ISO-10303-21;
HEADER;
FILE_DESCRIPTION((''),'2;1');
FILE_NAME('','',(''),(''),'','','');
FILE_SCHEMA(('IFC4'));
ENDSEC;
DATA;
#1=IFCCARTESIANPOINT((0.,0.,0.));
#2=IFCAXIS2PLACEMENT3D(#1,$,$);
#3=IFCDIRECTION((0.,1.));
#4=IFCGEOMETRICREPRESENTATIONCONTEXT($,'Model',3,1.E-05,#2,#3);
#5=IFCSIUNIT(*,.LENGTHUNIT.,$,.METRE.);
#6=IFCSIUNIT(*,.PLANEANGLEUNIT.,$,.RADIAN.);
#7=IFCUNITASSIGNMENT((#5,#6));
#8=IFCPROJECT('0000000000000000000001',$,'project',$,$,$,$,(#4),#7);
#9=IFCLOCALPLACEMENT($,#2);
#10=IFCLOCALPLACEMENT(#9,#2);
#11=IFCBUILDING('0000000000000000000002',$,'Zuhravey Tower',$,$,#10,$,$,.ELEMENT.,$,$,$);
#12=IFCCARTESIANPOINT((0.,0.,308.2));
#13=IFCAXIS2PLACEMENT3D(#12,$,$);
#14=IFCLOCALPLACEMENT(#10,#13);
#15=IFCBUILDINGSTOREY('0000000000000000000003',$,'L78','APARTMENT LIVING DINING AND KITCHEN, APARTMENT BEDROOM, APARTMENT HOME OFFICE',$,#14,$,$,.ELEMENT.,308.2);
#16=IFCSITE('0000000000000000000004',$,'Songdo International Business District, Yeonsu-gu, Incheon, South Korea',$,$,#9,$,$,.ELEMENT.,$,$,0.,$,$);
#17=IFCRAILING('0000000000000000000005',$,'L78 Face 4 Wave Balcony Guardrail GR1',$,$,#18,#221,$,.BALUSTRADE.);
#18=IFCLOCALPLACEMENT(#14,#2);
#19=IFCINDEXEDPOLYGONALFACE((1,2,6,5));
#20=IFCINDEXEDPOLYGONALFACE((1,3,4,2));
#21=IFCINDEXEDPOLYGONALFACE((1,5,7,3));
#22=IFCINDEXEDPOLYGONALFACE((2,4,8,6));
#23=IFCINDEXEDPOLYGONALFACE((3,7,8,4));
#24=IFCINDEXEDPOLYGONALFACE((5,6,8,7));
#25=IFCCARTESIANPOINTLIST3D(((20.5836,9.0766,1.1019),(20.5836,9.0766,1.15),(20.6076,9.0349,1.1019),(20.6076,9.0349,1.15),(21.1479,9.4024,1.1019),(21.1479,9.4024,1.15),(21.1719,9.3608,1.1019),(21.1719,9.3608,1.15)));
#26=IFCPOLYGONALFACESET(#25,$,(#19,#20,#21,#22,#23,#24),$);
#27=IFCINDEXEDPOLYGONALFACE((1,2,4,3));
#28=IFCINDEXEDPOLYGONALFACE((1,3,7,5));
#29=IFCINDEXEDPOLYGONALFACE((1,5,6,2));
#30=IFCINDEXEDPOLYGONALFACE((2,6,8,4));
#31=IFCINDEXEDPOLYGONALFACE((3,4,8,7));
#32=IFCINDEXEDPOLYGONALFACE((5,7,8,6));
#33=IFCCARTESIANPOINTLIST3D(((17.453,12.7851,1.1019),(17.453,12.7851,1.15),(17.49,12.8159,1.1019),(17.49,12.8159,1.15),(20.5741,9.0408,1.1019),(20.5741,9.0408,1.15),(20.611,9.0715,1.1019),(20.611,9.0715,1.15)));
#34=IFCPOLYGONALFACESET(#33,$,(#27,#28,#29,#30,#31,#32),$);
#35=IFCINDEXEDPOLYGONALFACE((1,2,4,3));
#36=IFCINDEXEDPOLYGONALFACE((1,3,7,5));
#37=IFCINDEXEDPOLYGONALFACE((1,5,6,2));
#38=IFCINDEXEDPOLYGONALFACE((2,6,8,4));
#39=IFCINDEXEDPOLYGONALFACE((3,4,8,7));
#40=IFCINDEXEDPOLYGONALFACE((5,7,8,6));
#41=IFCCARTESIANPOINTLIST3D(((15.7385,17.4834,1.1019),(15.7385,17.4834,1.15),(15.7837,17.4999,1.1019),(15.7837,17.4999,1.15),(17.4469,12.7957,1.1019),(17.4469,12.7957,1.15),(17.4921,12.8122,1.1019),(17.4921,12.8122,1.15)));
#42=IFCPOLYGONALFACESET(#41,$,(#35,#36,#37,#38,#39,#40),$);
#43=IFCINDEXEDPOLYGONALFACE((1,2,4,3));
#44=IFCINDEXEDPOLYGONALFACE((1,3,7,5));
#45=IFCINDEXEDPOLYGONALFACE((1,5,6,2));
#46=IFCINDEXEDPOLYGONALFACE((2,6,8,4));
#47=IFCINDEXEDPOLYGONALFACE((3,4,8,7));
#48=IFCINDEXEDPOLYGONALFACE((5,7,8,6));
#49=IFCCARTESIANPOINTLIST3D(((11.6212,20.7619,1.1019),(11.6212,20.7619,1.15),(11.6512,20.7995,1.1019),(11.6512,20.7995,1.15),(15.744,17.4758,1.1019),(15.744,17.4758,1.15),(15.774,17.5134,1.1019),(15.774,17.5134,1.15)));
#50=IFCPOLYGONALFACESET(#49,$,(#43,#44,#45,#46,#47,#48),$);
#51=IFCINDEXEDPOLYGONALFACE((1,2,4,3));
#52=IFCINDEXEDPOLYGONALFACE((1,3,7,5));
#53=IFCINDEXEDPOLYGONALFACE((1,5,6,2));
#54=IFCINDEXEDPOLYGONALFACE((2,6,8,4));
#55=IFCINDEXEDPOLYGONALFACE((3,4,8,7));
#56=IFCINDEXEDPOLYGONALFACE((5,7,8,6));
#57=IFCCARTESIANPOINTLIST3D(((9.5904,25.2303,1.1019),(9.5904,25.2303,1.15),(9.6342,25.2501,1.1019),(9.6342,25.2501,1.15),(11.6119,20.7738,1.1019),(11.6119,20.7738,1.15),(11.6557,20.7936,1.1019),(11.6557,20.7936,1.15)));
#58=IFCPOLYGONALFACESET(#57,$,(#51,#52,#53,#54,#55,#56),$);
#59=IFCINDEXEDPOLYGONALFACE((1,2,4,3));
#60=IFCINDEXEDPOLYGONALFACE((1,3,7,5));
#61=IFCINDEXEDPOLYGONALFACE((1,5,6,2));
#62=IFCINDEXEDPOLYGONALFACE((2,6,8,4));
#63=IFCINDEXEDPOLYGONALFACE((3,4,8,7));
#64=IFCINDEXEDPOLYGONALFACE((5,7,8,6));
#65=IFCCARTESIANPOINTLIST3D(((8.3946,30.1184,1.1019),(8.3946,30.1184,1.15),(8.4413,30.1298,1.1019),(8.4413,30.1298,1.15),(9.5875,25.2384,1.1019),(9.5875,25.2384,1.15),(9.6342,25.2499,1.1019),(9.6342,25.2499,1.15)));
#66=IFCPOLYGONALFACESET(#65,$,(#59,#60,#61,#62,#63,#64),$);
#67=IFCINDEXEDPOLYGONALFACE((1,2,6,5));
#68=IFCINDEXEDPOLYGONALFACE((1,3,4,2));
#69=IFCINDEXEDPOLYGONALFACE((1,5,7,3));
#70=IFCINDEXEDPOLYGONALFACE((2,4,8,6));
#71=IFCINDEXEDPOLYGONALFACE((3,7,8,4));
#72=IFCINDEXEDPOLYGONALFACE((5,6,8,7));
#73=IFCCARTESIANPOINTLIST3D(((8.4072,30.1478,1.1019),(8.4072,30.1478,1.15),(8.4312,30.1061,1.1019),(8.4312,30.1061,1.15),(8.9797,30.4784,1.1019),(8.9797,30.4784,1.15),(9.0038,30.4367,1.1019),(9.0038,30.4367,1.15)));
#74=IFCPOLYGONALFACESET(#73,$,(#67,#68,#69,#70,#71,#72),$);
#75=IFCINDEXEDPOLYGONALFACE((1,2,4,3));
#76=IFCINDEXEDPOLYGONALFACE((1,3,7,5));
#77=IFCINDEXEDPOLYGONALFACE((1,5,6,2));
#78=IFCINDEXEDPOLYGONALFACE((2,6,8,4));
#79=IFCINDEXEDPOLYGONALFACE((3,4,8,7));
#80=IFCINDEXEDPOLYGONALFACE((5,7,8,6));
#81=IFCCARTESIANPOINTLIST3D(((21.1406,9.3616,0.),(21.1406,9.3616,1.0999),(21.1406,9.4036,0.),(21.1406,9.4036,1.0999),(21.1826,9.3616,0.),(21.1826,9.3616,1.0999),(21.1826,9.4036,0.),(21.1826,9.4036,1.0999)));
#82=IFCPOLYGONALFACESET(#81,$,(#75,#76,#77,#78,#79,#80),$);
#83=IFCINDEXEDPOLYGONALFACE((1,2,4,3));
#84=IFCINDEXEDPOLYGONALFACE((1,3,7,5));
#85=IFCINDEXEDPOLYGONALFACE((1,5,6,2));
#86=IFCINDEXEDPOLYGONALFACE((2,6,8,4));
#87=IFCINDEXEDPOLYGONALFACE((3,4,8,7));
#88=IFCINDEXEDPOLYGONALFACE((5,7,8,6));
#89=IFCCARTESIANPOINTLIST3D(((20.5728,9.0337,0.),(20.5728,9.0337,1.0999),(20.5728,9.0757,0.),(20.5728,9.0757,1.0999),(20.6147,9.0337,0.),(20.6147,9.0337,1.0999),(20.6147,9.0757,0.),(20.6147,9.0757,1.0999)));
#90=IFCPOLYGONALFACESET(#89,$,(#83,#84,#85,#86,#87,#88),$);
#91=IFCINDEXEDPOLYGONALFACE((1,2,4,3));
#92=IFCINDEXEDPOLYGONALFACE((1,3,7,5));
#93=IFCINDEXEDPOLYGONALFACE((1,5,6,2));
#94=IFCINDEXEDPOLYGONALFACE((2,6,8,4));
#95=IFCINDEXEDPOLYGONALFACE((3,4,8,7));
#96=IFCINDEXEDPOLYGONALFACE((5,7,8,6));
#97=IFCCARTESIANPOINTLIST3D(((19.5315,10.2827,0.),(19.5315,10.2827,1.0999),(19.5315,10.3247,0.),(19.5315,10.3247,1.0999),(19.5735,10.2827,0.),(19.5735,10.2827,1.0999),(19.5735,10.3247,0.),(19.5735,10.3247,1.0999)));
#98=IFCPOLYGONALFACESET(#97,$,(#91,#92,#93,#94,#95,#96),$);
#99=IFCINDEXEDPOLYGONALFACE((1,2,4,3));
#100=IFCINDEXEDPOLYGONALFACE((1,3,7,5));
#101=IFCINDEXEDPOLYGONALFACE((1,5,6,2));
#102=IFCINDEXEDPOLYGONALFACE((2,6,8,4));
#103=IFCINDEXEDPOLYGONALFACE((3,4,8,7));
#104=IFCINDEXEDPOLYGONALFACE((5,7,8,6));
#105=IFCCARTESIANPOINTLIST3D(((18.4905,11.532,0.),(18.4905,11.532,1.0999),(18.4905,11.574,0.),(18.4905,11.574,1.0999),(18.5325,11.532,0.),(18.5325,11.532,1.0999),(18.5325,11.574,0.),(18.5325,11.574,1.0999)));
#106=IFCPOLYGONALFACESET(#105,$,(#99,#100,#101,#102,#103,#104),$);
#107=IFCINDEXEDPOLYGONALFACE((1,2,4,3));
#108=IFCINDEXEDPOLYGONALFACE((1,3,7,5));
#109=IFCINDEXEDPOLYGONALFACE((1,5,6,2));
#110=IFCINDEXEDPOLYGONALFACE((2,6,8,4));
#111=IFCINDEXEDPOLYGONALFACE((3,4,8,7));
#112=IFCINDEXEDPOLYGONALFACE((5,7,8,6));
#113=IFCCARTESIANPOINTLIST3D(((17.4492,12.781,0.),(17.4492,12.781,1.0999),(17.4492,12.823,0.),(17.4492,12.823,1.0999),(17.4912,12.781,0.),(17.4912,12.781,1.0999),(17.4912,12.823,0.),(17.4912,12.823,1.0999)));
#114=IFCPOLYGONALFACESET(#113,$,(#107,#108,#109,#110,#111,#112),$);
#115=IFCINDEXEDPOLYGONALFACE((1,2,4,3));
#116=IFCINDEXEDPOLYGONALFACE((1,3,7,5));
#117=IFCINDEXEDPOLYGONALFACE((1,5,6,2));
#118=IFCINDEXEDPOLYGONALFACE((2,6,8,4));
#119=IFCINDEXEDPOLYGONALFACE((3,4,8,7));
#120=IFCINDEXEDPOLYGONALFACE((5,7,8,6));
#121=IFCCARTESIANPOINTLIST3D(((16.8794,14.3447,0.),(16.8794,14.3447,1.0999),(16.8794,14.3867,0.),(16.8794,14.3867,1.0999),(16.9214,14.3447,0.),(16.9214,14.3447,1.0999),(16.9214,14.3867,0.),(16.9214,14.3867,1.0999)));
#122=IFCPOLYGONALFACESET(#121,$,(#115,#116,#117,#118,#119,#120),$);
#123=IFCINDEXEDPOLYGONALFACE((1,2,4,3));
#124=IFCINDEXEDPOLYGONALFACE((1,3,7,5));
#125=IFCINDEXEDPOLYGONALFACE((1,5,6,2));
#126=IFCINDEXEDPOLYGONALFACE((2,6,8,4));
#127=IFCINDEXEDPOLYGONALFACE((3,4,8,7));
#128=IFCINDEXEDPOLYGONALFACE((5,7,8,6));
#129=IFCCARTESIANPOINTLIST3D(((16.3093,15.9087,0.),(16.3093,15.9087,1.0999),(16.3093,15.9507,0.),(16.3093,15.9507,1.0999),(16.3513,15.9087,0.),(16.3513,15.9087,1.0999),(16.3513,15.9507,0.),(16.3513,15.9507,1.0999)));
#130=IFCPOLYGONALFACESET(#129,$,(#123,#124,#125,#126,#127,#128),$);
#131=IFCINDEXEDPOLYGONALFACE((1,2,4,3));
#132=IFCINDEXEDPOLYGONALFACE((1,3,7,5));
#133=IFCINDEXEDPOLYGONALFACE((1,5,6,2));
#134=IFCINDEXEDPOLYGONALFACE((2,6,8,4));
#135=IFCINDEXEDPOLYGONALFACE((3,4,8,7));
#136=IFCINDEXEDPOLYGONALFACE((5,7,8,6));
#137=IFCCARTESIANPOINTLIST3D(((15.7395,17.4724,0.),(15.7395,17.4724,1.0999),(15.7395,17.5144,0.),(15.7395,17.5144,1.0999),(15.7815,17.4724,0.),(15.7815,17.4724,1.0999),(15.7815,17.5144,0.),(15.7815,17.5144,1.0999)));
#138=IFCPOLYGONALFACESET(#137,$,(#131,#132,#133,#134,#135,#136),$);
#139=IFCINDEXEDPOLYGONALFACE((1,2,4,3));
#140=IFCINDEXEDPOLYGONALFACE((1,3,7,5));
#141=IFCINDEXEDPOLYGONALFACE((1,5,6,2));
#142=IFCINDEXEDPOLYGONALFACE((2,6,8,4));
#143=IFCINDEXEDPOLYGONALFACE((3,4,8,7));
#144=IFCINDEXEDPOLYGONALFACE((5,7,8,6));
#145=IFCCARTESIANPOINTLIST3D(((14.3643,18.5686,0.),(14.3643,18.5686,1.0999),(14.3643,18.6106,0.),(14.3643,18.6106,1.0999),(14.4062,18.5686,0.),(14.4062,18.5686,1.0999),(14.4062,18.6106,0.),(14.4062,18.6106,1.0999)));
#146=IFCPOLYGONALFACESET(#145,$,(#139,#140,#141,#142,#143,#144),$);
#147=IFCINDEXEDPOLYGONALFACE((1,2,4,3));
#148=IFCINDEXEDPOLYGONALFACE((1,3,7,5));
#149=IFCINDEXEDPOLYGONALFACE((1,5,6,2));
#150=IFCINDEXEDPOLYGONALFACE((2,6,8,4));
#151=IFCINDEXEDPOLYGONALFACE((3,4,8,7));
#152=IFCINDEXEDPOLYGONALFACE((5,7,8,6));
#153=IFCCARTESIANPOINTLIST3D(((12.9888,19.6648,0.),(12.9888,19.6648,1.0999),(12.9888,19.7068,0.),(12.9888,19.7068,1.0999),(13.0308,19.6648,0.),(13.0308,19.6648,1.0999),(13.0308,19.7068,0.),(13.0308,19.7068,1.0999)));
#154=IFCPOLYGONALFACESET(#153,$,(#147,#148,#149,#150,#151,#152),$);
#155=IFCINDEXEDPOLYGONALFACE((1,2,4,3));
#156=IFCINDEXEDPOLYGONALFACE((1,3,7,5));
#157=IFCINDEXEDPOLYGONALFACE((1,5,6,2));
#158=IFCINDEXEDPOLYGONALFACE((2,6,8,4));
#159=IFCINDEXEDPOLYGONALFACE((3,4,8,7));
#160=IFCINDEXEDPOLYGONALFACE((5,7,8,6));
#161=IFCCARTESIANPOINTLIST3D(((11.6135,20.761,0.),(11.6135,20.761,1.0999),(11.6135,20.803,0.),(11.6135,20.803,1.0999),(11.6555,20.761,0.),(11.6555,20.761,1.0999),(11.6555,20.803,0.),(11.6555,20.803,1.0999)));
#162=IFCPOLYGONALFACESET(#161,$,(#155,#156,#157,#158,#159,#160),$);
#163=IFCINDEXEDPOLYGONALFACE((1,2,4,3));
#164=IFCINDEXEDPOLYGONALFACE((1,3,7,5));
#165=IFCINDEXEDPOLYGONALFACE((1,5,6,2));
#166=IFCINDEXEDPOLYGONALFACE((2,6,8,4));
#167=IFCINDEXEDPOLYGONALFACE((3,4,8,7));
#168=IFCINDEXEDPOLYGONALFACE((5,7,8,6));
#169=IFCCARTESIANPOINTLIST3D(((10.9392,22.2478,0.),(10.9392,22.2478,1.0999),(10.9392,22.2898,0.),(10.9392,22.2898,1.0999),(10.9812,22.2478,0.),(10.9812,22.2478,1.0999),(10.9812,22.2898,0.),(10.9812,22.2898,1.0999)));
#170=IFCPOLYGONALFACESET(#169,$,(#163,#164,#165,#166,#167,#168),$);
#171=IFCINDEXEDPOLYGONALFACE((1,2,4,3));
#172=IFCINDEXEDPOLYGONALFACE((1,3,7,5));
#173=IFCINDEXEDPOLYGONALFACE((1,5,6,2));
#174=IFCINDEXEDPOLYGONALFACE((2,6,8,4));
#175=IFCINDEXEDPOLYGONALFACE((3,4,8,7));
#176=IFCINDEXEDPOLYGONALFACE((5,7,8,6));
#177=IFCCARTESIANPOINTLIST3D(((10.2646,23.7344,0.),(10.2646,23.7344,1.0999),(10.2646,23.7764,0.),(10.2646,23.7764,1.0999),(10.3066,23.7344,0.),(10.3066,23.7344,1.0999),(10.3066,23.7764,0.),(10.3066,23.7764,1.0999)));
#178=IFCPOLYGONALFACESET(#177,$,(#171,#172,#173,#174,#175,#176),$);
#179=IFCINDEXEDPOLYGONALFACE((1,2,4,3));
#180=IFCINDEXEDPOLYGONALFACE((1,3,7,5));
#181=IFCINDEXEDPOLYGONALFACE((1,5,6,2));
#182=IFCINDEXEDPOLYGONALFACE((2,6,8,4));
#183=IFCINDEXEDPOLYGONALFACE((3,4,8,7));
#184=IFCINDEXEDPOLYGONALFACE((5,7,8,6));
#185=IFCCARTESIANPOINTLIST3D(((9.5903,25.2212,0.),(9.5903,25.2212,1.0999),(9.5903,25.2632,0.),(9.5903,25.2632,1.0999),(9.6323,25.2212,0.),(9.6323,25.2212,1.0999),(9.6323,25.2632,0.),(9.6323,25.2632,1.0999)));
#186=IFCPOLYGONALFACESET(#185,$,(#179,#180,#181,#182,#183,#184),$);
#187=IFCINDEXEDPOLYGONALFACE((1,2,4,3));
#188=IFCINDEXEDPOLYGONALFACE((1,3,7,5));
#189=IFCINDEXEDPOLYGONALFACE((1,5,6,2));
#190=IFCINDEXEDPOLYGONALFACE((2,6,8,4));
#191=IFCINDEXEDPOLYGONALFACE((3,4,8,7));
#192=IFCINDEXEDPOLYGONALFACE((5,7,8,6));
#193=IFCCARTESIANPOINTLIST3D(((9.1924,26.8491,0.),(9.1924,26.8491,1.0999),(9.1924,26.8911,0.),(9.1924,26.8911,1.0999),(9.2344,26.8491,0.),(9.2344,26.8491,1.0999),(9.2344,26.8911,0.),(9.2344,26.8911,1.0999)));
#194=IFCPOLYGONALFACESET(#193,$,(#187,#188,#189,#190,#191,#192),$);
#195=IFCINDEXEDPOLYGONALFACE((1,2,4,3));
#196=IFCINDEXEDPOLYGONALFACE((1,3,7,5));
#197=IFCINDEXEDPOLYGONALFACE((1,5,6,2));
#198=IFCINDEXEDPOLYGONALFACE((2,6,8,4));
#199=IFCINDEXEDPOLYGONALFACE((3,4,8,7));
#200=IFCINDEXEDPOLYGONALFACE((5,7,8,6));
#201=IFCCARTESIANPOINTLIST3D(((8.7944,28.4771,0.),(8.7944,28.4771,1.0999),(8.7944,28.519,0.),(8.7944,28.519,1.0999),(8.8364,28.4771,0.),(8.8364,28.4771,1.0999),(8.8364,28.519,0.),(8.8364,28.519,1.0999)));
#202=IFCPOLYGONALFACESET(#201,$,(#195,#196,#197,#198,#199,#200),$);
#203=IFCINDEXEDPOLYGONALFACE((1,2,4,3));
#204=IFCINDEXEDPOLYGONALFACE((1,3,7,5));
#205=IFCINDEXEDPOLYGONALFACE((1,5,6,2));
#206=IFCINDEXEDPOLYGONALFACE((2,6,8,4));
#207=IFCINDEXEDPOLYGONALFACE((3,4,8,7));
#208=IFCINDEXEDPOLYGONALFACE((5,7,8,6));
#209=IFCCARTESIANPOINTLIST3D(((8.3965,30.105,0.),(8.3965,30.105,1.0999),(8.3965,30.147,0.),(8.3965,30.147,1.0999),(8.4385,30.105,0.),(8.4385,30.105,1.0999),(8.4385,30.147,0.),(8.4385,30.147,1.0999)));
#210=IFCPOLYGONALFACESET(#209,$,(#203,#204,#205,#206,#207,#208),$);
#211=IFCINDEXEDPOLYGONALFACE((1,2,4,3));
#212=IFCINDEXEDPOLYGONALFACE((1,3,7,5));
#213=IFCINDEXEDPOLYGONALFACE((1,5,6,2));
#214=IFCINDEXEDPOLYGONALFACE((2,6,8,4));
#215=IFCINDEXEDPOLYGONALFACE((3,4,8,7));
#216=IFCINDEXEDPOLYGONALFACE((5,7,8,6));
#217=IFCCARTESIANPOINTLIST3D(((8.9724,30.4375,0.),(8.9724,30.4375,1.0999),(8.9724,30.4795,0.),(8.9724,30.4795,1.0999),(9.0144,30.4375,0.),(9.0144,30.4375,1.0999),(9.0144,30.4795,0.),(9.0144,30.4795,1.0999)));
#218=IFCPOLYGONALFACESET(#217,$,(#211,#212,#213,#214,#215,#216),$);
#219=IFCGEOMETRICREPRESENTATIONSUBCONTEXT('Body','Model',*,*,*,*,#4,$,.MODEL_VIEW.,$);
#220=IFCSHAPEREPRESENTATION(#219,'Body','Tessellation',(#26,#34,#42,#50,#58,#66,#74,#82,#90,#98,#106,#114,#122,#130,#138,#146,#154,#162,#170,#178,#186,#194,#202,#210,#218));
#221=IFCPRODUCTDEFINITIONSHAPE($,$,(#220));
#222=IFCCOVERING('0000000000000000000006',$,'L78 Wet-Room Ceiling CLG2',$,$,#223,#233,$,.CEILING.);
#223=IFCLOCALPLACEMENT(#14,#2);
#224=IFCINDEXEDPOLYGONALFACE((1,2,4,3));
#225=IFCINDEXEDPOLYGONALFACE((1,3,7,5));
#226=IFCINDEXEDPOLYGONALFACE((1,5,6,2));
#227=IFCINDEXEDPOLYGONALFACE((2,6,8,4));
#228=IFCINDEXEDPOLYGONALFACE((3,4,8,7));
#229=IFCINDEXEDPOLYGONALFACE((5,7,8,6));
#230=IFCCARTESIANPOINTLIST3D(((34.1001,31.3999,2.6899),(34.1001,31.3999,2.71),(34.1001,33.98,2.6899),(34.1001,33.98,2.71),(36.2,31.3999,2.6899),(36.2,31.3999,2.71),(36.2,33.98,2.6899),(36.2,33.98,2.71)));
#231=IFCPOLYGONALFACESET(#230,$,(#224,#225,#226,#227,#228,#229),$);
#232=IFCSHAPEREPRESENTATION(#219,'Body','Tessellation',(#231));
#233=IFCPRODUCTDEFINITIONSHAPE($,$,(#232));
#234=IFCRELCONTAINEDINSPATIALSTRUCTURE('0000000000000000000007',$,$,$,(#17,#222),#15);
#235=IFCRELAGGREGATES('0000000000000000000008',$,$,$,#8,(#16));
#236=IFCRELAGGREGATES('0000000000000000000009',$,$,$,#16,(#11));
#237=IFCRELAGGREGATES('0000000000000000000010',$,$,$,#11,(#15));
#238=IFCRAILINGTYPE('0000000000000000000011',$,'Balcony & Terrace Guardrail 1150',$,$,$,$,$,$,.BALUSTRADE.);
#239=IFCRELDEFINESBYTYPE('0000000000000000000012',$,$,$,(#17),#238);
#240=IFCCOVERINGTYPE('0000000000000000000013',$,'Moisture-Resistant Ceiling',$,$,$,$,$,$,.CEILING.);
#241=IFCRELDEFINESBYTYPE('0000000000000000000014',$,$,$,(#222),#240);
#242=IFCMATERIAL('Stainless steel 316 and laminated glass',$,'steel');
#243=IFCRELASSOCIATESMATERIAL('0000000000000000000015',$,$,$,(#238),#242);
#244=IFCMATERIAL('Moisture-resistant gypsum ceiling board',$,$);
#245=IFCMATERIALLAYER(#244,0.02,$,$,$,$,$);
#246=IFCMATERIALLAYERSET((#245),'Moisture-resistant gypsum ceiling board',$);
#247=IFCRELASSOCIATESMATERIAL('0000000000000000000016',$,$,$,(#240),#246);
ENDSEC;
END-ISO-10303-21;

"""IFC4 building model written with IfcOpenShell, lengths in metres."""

from ifc_helpers import new_model, si_unit, direction, frame, origin, origin_2d, place, context, subcontext, project, spatial, polyline, rectangle, outline, extrude, material, layer, layer_set, type_object, element, save


model = new_model("IFC4")

# Units and contexts
model_context = context("Model", 3, precision=1e-05, world=origin(), true_north=direction((0.0, 1.0)))
body_context = subcontext(model_context, "Body", "Model", "MODEL_VIEW")
ifc_project = project(units=[si_unit("LENGTHUNIT", "METRE"), si_unit("PLANEANGLEUNIT", "RADIAN")], contexts=[model_context])

# Site, building, storey
site_placement = place(None, origin())
site = spatial("IfcSite", under=ifc_project, at=site_placement, Name="Songdo International Business District, Yeonsu-gu, Incheon, South Korea", CompositionType="ELEMENT", RefElevation=0.0)
building_placement = place(site_placement, origin())
building = spatial("IfcBuilding", under=site, at=building_placement, Name="Zuhravey Tower", CompositionType="ELEMENT")
storey_placement = place(building_placement, frame((0.0, 0.0, 308.2)))
storey = spatial("IfcBuildingStorey", under=building, at=storey_placement, Name="L78", Description="APARTMENT LIVING DINING AND KITCHEN, APARTMENT BEDROOM, APARTMENT HOME OFFICE", CompositionType="ELEMENT", Elevation=308.2)

# Railing
ifc_material_1 = material(Name="Stainless steel 316 and laminated glass", Category="steel")
railing_type = type_object("IfcRailingType", Name="Balcony & Terrace Guardrail 1150", PredefinedType="BALUSTRADE", material=ifc_material_1)
railing_placement = place(storey_placement, frame((21.1616, 9.3826, 0.0)))
element("IfcRailing", 1, at=railing_placement, inside=storey, type_object=railing_type, Name="L78 Face 4 Wave Balcony Guardrail GR1", PredefinedType="BALUSTRADE", context=body_context, shape_type="SweptSolid", body=[
    extrude(rectangle(XDim=0.0481, YDim=0.0481, at=origin_2d()), frame((-0.0017, -0.001, 1.126), z_axis=(-0.866012, -0.500023, 0.0), x_axis=(0.500023, -0.866012, 0.0)), (0.0, 0.0, 1.0), 0.6516),
    extrude(rectangle(XDim=0.0481, YDim=0.0481, at=origin_2d()), frame((-0.5691, -0.3264, 1.126), z_axis=(-0.640278, 0.768143, 0.0), x_axis=(-0.768143, -0.640278, 0.0)), (0.0, 0.0, 1.0), 4.8745),
    extrude(rectangle(XDim=0.0481, YDim=0.0481, at=origin_2d()), frame((-3.6921, 3.4214, 1.126), z_axis=(-0.342406, 0.939552, 0.0), x_axis=(-0.939552, -0.342406, 0.0)), (0.0, 0.0, 1.0), 4.9893),
    extrude(rectangle(XDim=0.0481, YDim=0.0481, at=origin_2d()), frame((-5.4026, 8.1121, 1.126), z_axis=(-0.781996, 0.623283, 0.0), x_axis=(-0.623283, -0.781996, 0.0)), (0.0, 0.0, 1.0), 5.2722),
    extrude(rectangle(XDim=0.0481, YDim=0.0481, at=origin_2d()), frame((-9.5278, 11.4011, 1.126), z_axis=(-0.413097, 0.910687, 0.0), x_axis=(-0.910687, -0.413097, 0.0)), (0.0, 0.0, 1.0), 4.8936),
    extrude(rectangle(XDim=0.0481, YDim=0.0481, at=origin_2d()), frame((-11.5508, 15.8616, 1.126), z_axis=(-0.237459, 0.971398, 0.0), x_axis=(-0.971398, -0.237459, 0.0)), (0.0, 0.0, 1.0), 5.0237),
    extrude(rectangle(XDim=0.0481, YDim=0.0481, at=origin_2d()), frame((-12.7424, 20.7444, 1.126), z_axis=(0.866021, 0.500008, 0.0), x_axis=(-0.500008, 0.866021, 0.0)), (0.0, 0.0, 1.0), 0.6611),
    extrude(rectangle(XDim=0.042, YDim=0.042, at=origin_2d()), origin(), (0.0, 0.0, 1.0), 1.0999),
    extrude(rectangle(XDim=0.042, YDim=0.042, at=origin_2d()), frame((-0.5679, -0.3279, 0.0)), (0.0, 0.0, 1.0), 1.0999),
    extrude(rectangle(XDim=0.042, YDim=0.042, at=origin_2d()), frame((-1.6091, 0.9211, 0.0)), (0.0, 0.0, 1.0), 1.0999),
    extrude(rectangle(XDim=0.042, YDim=0.042, at=origin_2d()), frame((-2.6501, 2.1704, 0.0)), (0.0, 0.0, 1.0), 1.0999),
    extrude(rectangle(XDim=0.042, YDim=0.042, at=origin_2d()), frame((-3.6914, 3.4194, 0.0)), (0.0, 0.0, 1.0), 1.0999),
    extrude(rectangle(XDim=0.042, YDim=0.042, at=origin_2d()), frame((-4.2612, 4.9832, 0.0)), (0.0, 0.0, 1.0), 1.0999),
    extrude(rectangle(XDim=0.042, YDim=0.042, at=origin_2d()), frame((-4.8313, 6.5471, 0.0)), (0.0, 0.0, 1.0), 1.0999),
    extrude(rectangle(XDim=0.042, YDim=0.042, at=origin_2d()), frame((-5.4011, 8.1108, 0.0)), (0.0, 0.0, 1.0), 1.0999),
    extrude(rectangle(XDim=0.042, YDim=0.042, at=origin_2d()), frame((-6.7764, 9.207, 0.0)), (0.0, 0.0, 1.0), 1.0999),
    extrude(rectangle(XDim=0.042, YDim=0.042, at=origin_2d()), frame((-8.1519, 10.3032, 0.0)), (0.0, 0.0, 1.0), 1.0999),
    extrude(rectangle(XDim=0.042, YDim=0.042, at=origin_2d()), frame((-9.5271, 11.3994, 0.0)), (0.0, 0.0, 1.0), 1.0999),
    extrude(rectangle(XDim=0.042, YDim=0.042, at=origin_2d()), frame((-10.2014, 12.8862, 0.0)), (0.0, 0.0, 1.0), 1.0999),
    extrude(rectangle(XDim=0.042, YDim=0.042, at=origin_2d()), frame((-10.876, 14.3728, 0.0)), (0.0, 0.0, 1.0), 1.0999),
    extrude(rectangle(XDim=0.042, YDim=0.042, at=origin_2d()), frame((-11.5503, 15.8596, 0.0)), (0.0, 0.0, 1.0), 1.0999),
    extrude(rectangle(XDim=0.042, YDim=0.042, at=origin_2d()), frame((-11.9482, 17.4875, 0.0)), (0.0, 0.0, 1.0), 1.0999),
    extrude(rectangle(XDim=0.042, YDim=0.042, at=origin_2d()), frame((-12.3462, 19.1155, 0.0)), (0.0, 0.0, 1.0), 1.0999),
    extrude(rectangle(XDim=0.042, YDim=0.042, at=origin_2d()), frame((-12.7441, 20.7434, 0.0)), (0.0, 0.0, 1.0), 1.0999),
    extrude(rectangle(XDim=0.042, YDim=0.042, at=origin_2d()), frame((-12.1682, 21.0759, 0.0)), (0.0, 0.0, 1.0), 1.0999),
])

# Covering
ifc_material_2 = material(Name="Moisture-resistant gypsum ceiling board")
ifc_layer_1 = layer(ifc_material_2, 0.02)
ifc_layer_set_1 = layer_set([ifc_layer_1], Name="Moisture-resistant gypsum ceiling board")
covering_type_1 = type_object("IfcCoveringType", Name="Moisture-Resistant Ceiling", PredefinedType="CEILING", material=ifc_layer_set_1)
covering_1_placement = place(storey_placement, frame((0.0, 0.0, 2.6899)))
element("IfcCovering", 2, at=covering_1_placement, inside=storey, type_object=covering_type_1, Name="L78 Wet-Room Ceiling CLG2", PredefinedType="CEILING", context=body_context, shape_type="SweptSolid", body=[
    extrude(outline(polyline([(36.2, 31.3999), (36.2, 33.98), (34.1001, 33.98), (34.1001, 31.3999), (36.2, 31.3999)])), origin(), (0.0, 0.0, 1.0), 0.02),
])

save(model, "model.ifc")
